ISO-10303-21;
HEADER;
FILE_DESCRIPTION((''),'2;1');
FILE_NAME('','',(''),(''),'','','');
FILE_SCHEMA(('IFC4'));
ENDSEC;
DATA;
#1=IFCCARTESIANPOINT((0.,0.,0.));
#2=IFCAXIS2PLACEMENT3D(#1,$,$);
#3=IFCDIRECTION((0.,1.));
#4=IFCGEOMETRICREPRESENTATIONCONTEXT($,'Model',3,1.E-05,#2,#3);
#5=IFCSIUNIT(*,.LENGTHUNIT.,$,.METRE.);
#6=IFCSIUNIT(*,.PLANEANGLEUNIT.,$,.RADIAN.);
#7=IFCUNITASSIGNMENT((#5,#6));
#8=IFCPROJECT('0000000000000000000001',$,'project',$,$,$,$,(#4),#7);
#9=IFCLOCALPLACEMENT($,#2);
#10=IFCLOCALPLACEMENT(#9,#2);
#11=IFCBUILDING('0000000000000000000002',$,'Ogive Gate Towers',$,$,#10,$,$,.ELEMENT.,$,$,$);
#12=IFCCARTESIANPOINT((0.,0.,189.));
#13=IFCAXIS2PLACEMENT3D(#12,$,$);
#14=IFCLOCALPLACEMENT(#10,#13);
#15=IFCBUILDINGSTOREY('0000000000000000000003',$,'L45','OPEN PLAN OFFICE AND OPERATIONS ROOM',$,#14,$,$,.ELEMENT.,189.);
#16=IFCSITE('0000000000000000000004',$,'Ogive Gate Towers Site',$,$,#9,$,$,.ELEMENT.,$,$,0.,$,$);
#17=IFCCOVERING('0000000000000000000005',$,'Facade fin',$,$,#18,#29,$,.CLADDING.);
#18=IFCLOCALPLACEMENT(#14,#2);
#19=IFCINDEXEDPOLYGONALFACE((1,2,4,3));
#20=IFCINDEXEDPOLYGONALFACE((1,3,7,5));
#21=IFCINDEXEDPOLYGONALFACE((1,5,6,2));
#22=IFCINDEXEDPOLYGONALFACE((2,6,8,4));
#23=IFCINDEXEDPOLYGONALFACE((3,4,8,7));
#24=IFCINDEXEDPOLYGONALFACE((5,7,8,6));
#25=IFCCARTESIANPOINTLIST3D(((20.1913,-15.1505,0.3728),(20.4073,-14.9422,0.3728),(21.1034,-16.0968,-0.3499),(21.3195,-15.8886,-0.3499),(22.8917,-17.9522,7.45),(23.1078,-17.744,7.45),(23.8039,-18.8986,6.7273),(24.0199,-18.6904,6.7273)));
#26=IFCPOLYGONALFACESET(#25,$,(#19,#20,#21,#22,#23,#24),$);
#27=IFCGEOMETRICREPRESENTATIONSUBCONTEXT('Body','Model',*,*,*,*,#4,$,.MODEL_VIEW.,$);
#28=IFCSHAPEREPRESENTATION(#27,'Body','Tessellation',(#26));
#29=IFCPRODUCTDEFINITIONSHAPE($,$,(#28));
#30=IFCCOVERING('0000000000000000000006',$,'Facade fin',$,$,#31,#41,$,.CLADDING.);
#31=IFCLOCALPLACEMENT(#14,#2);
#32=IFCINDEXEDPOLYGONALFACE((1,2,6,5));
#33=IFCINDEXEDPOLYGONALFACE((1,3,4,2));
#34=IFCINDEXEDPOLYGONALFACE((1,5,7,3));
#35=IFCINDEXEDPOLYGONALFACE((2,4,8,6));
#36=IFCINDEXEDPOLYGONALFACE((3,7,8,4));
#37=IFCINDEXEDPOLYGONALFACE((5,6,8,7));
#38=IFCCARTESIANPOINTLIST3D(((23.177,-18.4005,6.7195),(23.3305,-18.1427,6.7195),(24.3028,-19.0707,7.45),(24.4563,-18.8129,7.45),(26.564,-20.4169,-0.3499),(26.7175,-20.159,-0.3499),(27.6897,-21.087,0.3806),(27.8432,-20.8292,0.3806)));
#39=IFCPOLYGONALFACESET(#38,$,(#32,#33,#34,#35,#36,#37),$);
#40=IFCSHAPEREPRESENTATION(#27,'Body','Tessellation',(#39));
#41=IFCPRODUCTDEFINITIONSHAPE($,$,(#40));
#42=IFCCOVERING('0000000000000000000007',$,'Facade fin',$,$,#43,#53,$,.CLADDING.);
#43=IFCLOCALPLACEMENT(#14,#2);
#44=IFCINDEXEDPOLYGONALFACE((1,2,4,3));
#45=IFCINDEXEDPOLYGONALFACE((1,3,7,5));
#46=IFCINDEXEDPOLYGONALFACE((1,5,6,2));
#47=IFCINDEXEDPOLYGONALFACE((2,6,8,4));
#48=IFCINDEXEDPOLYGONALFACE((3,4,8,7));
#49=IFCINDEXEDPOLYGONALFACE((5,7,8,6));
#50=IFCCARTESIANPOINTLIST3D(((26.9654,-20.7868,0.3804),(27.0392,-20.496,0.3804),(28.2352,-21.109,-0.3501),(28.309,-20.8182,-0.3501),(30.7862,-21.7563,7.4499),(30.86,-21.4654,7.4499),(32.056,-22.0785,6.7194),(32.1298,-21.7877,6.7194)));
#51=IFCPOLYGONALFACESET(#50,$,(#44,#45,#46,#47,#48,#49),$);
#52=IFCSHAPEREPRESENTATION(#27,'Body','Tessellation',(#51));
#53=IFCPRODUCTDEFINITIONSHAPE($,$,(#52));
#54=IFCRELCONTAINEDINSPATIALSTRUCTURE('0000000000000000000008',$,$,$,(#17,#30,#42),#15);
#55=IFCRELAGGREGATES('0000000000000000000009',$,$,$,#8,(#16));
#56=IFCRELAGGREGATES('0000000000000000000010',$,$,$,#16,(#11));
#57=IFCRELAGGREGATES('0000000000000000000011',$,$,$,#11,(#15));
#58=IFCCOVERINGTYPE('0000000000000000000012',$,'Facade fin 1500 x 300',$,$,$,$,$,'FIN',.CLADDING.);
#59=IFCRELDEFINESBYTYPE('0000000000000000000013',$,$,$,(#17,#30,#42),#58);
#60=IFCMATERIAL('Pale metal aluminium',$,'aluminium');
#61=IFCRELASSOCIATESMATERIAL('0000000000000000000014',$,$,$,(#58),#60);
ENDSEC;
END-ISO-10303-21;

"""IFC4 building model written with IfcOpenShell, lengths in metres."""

from ifc_helpers import new_model, si_unit, direction, frame, origin, origin_2d, place, context, subcontext, project, spatial, rectangle, extrude, material, material_profile, profile_set, type_object, element, save


model = new_model("IFC4")

# Units and contexts
model_context = context("Model", 3, precision=1e-05, world=origin(), true_north=direction((0.0, 1.0)))
body_context = subcontext(model_context, "Body", "Model", "MODEL_VIEW")
ifc_project = project(units=[si_unit("LENGTHUNIT", "METRE"), si_unit("PLANEANGLEUNIT", "RADIAN")], contexts=[model_context])

# Site, building, storey
site_placement = place(None, origin())
site = spatial("IfcSite", under=ifc_project, at=site_placement, Name="Ogive Gate Towers Site", CompositionType="ELEMENT", RefElevation=0.0)
building_placement = place(site_placement, origin())
building = spatial("IfcBuilding", under=site, at=building_placement, Name="Ogive Gate Towers", CompositionType="ELEMENT")
storey_placement = place(building_placement, frame((0.0, 0.0, 189.0)))
storey = spatial("IfcBuildingStorey", under=building, at=storey_placement, Name="L45", Description="OPEN PLAN OFFICE AND OPERATIONS ROOM", CompositionType="ELEMENT", Elevation=189.0)

# Shared definitions
ifc_material_1 = material(Name="Pale metal aluminium", Category="aluminium")

# Coverings
ifc_material_profile_1 = material_profile(ifc_material_1, rectangle(XDim=0.3, YDim=1.5, at=origin_2d()), Name="1500 x 300 pale metal aluminium")
ifc_profile_set_1 = profile_set([ifc_material_profile_1], Name="Pale metal aluminium")
covering_type = type_object("IfcCoveringType", Name="Facade fin 1500 x 300", ElementType="FIN", PredefinedType="CLADDING", material=ifc_profile_set_1)
covering_1_placement = place(storey_placement, frame((20.7554, -15.5195, 0.0115), z_axis=(0.334362, -0.346907, 0.876275), x_axis=(0.720006, 0.693968, 0.0)))
element("IfcCovering", 1, at=covering_1_placement, inside=storey, type_object=covering_type, Name="Facade fin", PredefinedType="CLADDING", context=body_context, shape_type="SweptSolid", body=[
    extrude(rectangle(XDim=0.3, YDim=1.5, at=origin_2d()), origin(), (0.0, 0.0, 1.0), 8.0764),
])
covering_2_placement = place(storey_placement, frame((27.2036, -20.623, 0.0154), z_axis=(-0.418454, 0.249118, 0.873405), x_axis=(-0.511542, -0.859259, 0.0)))
element("IfcCovering", 2, at=covering_2_placement, inside=storey, type_object=covering_type, Name="Facade fin", PredefinedType="CLADDING", context=body_context, shape_type="SweptSolid", body=[
    extrude(rectangle(XDim=0.3, YDim=1.5, at=origin_2d()), origin(), (0.0, 0.0, 1.0), 8.094),
])
covering_3_placement = place(storey_placement, frame((27.6372, -20.8025, 0.0151), z_axis=(0.472037, -0.119774, 0.873404), x_axis=(0.245944, 0.969284, 0.0)))
element("IfcCovering", 3, at=covering_3_placement, inside=storey, type_object=covering_type, Name="Facade fin", PredefinedType="CLADDING", context=body_context, shape_type="SweptSolid", body=[
    extrude(rectangle(XDim=0.3, YDim=1.5, at=origin_2d()), origin(), (0.0, 0.0, 1.0), 8.0942),
])

save(model, "model.ifc")
